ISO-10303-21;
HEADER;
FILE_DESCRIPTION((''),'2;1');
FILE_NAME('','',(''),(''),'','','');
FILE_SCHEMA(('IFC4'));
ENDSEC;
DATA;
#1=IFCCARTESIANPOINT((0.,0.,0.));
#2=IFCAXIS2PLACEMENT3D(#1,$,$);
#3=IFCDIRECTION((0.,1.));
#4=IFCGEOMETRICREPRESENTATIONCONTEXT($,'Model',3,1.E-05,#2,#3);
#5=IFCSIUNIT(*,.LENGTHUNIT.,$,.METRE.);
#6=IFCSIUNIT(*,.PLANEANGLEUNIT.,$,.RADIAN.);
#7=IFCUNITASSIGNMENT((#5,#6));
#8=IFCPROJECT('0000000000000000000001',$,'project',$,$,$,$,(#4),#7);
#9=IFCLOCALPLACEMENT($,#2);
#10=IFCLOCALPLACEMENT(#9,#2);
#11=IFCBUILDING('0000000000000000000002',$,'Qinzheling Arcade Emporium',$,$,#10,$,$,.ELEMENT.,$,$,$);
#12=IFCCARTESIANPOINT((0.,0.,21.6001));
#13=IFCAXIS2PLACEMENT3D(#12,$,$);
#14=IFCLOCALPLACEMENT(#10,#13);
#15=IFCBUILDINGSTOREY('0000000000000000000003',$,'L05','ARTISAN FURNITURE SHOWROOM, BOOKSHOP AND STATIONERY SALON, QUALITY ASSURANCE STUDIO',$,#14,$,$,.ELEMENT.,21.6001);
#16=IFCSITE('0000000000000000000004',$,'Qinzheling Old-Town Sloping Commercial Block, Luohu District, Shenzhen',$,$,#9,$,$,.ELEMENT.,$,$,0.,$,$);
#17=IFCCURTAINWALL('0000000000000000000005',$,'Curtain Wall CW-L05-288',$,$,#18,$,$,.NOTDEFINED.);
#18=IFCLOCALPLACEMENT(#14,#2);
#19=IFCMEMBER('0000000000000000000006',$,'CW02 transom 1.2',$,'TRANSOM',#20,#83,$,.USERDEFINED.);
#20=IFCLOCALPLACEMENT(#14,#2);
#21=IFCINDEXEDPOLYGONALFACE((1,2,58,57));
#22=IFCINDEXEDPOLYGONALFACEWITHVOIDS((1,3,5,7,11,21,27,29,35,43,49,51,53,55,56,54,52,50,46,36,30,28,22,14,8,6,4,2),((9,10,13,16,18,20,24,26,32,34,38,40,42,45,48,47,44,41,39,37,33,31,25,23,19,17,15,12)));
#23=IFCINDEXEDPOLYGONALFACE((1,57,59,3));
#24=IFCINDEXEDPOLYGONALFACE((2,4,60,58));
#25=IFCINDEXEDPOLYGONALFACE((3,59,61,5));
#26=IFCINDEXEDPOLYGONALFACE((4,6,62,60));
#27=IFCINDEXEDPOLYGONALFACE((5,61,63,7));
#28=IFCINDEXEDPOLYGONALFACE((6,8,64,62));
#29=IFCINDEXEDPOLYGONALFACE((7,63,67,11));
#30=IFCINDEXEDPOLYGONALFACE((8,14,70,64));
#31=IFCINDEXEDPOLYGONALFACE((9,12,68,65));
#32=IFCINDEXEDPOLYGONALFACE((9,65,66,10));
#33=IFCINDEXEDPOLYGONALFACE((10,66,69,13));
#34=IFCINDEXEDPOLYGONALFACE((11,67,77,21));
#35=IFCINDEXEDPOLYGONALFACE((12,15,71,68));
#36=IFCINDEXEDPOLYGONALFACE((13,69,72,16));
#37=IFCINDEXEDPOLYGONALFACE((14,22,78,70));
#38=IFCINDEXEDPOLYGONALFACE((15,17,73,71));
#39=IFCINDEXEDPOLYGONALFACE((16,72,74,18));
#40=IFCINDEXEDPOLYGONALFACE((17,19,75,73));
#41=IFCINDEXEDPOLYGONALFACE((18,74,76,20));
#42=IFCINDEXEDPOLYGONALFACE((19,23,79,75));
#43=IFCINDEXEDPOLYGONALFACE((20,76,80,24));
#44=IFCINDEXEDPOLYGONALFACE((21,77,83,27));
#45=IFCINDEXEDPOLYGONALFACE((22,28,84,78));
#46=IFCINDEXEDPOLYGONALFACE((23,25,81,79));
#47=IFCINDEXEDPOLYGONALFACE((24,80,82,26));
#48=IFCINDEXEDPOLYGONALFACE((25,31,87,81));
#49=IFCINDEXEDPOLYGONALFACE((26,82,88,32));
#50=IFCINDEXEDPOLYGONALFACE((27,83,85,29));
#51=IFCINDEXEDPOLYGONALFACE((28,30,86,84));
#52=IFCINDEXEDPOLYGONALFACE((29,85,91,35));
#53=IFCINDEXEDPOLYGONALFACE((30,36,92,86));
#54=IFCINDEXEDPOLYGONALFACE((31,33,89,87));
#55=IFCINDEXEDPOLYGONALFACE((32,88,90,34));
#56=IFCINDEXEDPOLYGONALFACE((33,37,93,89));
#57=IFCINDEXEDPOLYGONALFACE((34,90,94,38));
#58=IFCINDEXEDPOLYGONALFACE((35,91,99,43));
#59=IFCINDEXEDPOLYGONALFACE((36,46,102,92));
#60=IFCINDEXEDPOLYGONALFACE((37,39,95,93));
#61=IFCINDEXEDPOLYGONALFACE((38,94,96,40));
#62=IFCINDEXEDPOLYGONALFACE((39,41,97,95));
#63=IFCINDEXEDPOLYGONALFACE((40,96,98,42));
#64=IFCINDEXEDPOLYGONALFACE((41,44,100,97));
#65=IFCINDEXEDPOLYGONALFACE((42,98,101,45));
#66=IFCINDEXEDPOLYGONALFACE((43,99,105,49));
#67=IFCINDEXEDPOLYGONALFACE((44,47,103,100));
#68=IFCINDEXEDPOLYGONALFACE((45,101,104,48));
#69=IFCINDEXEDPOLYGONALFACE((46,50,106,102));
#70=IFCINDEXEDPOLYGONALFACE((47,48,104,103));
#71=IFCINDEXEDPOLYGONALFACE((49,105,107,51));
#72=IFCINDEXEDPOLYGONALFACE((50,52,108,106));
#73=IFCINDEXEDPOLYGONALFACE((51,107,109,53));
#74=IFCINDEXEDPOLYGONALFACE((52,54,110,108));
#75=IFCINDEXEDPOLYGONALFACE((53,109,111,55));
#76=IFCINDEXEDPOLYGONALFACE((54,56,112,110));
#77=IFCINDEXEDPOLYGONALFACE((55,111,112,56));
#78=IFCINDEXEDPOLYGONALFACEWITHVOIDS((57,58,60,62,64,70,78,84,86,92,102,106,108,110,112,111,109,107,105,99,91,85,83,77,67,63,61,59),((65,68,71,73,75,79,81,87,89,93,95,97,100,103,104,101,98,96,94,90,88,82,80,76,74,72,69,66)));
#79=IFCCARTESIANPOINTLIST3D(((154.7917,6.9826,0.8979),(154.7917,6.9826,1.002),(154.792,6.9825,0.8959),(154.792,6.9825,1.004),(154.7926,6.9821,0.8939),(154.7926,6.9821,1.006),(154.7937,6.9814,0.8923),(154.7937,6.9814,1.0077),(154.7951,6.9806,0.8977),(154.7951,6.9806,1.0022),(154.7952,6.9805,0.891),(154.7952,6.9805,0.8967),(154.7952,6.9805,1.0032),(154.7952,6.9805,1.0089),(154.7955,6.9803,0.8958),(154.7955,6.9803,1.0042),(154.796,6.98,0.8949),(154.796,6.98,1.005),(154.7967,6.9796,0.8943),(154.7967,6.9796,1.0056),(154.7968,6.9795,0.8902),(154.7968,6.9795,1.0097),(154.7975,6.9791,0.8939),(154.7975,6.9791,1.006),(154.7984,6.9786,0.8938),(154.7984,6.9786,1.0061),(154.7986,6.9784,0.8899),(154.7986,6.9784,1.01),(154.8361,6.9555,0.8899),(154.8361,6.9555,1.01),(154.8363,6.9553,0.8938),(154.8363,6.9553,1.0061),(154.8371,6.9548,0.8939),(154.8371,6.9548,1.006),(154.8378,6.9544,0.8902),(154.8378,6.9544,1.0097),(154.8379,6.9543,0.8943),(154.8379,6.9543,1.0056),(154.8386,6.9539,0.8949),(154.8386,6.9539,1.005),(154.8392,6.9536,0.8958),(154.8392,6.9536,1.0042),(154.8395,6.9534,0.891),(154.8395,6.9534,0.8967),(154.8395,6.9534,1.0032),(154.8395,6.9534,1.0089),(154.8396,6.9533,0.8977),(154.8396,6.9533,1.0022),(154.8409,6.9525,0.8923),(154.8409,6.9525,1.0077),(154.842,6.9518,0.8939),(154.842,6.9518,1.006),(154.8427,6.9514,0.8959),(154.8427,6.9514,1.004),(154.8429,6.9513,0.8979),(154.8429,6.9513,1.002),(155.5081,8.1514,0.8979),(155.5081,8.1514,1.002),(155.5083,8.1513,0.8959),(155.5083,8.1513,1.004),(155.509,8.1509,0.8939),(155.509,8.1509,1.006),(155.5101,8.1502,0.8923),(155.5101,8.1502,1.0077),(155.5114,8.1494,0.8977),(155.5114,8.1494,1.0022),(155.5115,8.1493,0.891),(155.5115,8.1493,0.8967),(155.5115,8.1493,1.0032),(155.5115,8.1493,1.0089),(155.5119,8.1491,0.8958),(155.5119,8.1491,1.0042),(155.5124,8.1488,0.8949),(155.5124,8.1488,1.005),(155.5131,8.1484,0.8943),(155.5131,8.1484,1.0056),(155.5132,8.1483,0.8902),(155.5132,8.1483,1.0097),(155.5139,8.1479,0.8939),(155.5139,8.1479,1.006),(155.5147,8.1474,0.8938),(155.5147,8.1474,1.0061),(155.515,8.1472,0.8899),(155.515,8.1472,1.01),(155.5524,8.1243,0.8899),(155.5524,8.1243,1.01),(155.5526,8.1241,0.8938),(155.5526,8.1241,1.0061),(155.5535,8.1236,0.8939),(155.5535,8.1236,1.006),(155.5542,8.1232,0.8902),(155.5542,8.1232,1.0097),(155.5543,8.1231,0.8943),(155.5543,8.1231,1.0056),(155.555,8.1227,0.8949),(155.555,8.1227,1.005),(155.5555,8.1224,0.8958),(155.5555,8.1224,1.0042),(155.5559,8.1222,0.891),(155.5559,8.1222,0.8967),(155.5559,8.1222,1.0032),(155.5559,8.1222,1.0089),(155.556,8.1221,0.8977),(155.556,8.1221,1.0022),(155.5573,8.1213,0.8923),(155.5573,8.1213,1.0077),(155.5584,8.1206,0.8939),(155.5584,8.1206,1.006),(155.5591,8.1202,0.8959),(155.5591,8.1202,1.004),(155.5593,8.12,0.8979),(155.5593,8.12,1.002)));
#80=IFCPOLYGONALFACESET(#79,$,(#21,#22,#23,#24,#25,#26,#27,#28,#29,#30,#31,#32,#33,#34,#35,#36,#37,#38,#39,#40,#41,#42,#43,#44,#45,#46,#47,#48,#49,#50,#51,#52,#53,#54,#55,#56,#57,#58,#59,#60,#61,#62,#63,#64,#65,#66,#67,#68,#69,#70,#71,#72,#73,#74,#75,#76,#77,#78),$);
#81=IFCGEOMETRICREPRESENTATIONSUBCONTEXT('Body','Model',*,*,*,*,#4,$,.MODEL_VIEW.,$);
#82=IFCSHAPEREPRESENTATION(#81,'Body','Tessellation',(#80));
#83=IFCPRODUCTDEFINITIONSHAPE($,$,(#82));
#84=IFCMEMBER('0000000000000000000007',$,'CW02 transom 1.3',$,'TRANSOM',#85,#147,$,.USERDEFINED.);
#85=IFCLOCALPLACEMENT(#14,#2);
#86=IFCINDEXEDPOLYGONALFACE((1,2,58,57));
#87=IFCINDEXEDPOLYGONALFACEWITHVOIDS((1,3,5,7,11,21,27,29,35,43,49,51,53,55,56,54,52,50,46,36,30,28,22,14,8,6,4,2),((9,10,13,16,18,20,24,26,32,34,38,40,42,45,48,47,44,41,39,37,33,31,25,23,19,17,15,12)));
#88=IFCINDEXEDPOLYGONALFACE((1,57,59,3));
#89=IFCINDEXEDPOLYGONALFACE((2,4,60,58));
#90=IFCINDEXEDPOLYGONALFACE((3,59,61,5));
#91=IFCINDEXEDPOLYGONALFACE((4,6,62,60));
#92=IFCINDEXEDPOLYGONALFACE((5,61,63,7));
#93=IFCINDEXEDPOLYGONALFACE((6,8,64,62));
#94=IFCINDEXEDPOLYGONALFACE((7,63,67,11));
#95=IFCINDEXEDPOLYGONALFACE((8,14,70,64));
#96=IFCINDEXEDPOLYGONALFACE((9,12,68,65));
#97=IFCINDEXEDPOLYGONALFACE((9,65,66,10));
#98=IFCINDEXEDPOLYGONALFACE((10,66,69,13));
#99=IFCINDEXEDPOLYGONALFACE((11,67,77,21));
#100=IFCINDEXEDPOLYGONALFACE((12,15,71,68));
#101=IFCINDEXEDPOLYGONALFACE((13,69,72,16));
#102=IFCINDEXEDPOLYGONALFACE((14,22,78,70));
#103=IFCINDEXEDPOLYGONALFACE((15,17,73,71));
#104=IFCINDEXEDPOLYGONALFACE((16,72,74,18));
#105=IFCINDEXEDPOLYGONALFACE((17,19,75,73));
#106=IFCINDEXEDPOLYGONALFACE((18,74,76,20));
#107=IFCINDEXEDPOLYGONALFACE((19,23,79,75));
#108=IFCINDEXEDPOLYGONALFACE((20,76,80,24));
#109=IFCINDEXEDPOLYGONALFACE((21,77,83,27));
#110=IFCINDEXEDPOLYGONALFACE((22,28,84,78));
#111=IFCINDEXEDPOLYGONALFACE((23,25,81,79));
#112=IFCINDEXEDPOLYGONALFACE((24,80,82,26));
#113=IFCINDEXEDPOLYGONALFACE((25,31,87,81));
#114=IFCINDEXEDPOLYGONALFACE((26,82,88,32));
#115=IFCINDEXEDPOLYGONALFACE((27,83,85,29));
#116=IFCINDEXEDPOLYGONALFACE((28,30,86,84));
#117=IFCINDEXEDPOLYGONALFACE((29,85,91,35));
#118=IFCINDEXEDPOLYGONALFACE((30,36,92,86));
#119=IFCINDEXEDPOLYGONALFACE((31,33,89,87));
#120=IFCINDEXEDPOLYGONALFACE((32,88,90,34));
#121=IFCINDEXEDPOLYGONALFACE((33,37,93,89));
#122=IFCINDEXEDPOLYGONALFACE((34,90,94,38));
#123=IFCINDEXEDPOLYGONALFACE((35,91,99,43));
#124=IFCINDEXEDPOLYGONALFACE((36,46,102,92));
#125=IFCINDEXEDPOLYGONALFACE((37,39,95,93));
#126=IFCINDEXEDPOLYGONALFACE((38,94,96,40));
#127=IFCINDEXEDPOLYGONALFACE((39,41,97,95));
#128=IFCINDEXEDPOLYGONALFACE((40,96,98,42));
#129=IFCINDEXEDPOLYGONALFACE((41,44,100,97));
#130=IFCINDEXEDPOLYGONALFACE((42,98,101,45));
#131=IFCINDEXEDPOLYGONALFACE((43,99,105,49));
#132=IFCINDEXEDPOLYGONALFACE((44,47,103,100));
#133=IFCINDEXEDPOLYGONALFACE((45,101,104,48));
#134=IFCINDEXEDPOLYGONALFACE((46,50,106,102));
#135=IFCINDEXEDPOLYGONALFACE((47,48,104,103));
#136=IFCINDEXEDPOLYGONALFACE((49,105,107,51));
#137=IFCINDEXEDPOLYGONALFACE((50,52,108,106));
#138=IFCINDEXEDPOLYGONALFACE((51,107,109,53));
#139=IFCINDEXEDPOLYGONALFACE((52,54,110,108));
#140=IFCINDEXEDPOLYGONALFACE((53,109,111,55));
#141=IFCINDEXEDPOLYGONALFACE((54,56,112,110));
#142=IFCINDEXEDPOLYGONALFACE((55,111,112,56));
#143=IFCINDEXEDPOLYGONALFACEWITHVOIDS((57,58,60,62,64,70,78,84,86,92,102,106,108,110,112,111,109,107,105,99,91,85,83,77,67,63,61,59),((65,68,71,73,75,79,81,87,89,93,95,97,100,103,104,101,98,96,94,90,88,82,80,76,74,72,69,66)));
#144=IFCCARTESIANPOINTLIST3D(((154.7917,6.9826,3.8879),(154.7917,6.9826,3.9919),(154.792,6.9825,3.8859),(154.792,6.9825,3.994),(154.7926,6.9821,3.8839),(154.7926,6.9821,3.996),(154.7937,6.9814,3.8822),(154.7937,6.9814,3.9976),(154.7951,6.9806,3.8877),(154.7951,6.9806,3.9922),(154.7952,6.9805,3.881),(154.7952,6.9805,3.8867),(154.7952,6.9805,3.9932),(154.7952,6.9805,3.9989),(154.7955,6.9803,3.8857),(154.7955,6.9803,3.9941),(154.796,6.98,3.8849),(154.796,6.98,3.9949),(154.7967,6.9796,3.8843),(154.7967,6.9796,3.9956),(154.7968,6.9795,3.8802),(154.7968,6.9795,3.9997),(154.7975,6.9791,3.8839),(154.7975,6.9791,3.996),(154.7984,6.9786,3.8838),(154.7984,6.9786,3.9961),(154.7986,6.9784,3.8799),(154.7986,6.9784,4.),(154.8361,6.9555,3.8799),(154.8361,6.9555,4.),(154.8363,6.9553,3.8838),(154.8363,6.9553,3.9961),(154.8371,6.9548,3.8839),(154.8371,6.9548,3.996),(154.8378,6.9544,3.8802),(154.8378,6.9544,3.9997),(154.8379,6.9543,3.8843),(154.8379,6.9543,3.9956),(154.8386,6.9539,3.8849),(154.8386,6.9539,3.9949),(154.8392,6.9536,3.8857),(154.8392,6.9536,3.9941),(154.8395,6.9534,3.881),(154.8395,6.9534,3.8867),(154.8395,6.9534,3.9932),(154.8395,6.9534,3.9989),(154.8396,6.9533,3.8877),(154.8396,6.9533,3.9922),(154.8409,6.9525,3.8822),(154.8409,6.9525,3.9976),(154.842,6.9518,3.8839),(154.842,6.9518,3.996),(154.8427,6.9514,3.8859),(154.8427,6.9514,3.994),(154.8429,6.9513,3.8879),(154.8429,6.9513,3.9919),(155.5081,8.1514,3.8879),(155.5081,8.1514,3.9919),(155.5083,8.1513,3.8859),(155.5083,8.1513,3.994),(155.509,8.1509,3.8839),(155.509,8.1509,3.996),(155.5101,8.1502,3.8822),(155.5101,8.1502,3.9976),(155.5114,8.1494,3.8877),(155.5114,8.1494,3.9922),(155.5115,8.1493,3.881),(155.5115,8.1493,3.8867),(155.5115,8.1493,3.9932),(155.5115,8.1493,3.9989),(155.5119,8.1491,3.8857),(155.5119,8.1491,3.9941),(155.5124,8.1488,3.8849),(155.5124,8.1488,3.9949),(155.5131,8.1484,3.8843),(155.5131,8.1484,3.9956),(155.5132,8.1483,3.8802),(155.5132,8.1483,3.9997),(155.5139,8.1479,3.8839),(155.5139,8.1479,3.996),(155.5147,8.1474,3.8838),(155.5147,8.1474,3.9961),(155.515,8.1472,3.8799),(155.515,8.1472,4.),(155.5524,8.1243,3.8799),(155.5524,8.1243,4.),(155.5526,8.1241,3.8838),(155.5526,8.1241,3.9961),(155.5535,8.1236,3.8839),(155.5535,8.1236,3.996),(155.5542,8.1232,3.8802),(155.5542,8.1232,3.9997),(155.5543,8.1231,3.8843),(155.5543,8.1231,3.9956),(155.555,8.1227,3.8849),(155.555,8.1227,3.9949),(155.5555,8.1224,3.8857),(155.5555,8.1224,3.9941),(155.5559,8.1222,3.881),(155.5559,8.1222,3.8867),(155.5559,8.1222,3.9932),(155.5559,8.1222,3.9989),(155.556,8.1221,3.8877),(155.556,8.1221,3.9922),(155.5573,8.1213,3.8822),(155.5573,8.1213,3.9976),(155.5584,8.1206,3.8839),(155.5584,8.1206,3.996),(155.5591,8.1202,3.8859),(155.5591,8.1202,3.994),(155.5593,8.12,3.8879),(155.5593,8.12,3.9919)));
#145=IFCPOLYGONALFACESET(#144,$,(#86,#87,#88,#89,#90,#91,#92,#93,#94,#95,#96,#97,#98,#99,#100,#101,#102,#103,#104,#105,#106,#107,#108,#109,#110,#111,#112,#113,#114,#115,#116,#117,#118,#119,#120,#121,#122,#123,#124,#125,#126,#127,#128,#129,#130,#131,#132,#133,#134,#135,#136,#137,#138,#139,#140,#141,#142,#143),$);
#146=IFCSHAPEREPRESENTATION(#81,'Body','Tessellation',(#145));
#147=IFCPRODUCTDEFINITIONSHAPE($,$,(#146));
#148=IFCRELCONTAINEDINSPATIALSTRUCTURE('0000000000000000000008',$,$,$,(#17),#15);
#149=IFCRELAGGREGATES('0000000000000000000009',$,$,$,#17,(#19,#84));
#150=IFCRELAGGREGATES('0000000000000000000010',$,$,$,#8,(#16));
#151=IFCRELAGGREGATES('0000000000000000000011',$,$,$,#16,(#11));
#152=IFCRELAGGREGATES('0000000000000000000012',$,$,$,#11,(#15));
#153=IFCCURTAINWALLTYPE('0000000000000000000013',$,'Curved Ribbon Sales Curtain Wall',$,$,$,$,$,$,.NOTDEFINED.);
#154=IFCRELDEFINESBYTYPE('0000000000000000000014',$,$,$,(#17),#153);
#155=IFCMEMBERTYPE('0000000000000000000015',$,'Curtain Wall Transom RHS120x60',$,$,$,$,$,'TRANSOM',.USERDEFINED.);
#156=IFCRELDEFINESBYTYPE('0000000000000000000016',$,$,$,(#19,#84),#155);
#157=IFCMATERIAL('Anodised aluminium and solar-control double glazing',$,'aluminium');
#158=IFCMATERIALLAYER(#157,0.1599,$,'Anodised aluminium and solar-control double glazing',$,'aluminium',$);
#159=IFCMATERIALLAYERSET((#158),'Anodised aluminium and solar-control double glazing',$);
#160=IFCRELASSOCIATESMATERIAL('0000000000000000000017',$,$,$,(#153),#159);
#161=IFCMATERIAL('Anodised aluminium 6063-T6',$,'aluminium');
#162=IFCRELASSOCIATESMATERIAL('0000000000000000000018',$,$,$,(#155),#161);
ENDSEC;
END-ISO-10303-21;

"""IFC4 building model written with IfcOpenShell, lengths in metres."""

from ifc_helpers import new_model, si_unit, direction, frame, origin, origin_2d, place, context, subcontext, project, spatial, hollow_rectangle, extrude, material, layer, layer_set, material_profile, profile_set, type_object, element, aggregate, save


model = new_model("IFC4")

# Units and contexts
model_context = context("Model", 3, precision=1e-05, world=origin(), true_north=direction((0.0, 1.0)))
body_context = subcontext(model_context, "Body", "Model", "MODEL_VIEW")
ifc_project = project(units=[si_unit("LENGTHUNIT", "METRE"), si_unit("PLANEANGLEUNIT", "RADIAN")], contexts=[model_context])

# Site, building, storey
site_placement = place(None, origin())
site = spatial("IfcSite", under=ifc_project, at=site_placement, Name="Qinzheling Old-Town Sloping Commercial Block, Luohu District, Shenzhen", CompositionType="ELEMENT", RefElevation=0.0)
building_placement = place(site_placement, origin())
building = spatial("IfcBuilding", under=site, at=building_placement, Name="Qinzheling Arcade Emporium", CompositionType="ELEMENT")
storey_placement = place(building_placement, frame((0.0, 0.0, 21.6001)))
storey = spatial("IfcBuildingStorey", under=building, at=storey_placement, Name="L05", Description="ARTISAN FURNITURE SHOWROOM, BOOKSHOP AND STATIONERY SALON, QUALITY ASSURANCE STUDIO", CompositionType="ELEMENT", Elevation=21.6001)

# Shared definitions
ifc_material_1 = material(Name="Anodised aluminium and solar-control double glazing", Category="aluminium")
ifc_layer_1 = layer(ifc_material_1, 0.1599, Name="Anodised aluminium and solar-control double glazing", Category="aluminium")
ifc_layer_set_1 = layer_set([ifc_layer_1], Name="Anodised aluminium and solar-control double glazing")
curtain_wall_type = type_object("IfcCurtainWallType", Name="Curved Ribbon Sales Curtain Wall", PredefinedType="NOTDEFINED", material=ifc_layer_set_1)
ifc_material_2 = material(Name="Anodised aluminium 6063-T6", Category="aluminium")

# Curtain wall
curtain_wall_1_placement = place(storey_placement, origin())
curtain_wall_1 = element("IfcCurtainWall", 1, at=curtain_wall_1_placement, inside=storey, type_object=curtain_wall_type, Name="Curtain Wall CW-L05-288", PredefinedType="NOTDEFINED")

# Members
ifc_material_profile_1 = material_profile(ifc_material_2, hollow_rectangle(XDim=0.0601, YDim=0.1201, WallThickness=0.0039, InnerFilletRadius=0.0039, OuterFilletRadius=0.0081, at=origin_2d()), Name="RHS 120x60x4", Category="aluminium")
ifc_profile_set_1 = profile_set([ifc_material_profile_1], Name="Anodised aluminium 6063-T6")
member_type_1 = type_object("IfcMemberType", Name="Curtain Wall Transom RHS120x60", ElementType="TRANSOM", PredefinedType="USERDEFINED", material=ifc_profile_set_1)
member_1_placement = place(storey_placement, frame((155.5337, 8.1357, 0.95), z_axis=(-0.522566, -0.852599, 0.0), x_axis=(0.852599, -0.522566, 0.0)))
member_1 = element("IfcMember", 2, at=member_1_placement, type_object=member_type_1, Name="CW02 transom 1.2", ObjectType="TRANSOM", PredefinedType="USERDEFINED", context=body_context, shape_type="SweptSolid", body=[
    extrude(hollow_rectangle(XDim=0.0601, YDim=0.1201, WallThickness=0.0039, InnerFilletRadius=0.0039, OuterFilletRadius=0.0081, at=origin_2d()), origin(), (0.0, 0.0, 1.0), 1.3708),
])
member_2_placement = place(storey_placement, frame((155.5337, 8.1357, 3.9399), z_axis=(-0.522566, -0.852599, 0.0), x_axis=(0.852599, -0.522566, 0.0)))
member_2 = element("IfcMember", 3, at=member_2_placement, type_object=member_type_1, Name="CW02 transom 1.3", ObjectType="TRANSOM", PredefinedType="USERDEFINED", context=body_context, shape_type="SweptSolid", body=[
    extrude(hollow_rectangle(XDim=0.0601, YDim=0.1201, WallThickness=0.0039, InnerFilletRadius=0.0039, OuterFilletRadius=0.0081, at=origin_2d()), origin(), (0.0, 0.0, 1.0), 1.3708),
])

aggregate(curtain_wall_1, [member_1, member_2])

save(model, "model.ifc")
